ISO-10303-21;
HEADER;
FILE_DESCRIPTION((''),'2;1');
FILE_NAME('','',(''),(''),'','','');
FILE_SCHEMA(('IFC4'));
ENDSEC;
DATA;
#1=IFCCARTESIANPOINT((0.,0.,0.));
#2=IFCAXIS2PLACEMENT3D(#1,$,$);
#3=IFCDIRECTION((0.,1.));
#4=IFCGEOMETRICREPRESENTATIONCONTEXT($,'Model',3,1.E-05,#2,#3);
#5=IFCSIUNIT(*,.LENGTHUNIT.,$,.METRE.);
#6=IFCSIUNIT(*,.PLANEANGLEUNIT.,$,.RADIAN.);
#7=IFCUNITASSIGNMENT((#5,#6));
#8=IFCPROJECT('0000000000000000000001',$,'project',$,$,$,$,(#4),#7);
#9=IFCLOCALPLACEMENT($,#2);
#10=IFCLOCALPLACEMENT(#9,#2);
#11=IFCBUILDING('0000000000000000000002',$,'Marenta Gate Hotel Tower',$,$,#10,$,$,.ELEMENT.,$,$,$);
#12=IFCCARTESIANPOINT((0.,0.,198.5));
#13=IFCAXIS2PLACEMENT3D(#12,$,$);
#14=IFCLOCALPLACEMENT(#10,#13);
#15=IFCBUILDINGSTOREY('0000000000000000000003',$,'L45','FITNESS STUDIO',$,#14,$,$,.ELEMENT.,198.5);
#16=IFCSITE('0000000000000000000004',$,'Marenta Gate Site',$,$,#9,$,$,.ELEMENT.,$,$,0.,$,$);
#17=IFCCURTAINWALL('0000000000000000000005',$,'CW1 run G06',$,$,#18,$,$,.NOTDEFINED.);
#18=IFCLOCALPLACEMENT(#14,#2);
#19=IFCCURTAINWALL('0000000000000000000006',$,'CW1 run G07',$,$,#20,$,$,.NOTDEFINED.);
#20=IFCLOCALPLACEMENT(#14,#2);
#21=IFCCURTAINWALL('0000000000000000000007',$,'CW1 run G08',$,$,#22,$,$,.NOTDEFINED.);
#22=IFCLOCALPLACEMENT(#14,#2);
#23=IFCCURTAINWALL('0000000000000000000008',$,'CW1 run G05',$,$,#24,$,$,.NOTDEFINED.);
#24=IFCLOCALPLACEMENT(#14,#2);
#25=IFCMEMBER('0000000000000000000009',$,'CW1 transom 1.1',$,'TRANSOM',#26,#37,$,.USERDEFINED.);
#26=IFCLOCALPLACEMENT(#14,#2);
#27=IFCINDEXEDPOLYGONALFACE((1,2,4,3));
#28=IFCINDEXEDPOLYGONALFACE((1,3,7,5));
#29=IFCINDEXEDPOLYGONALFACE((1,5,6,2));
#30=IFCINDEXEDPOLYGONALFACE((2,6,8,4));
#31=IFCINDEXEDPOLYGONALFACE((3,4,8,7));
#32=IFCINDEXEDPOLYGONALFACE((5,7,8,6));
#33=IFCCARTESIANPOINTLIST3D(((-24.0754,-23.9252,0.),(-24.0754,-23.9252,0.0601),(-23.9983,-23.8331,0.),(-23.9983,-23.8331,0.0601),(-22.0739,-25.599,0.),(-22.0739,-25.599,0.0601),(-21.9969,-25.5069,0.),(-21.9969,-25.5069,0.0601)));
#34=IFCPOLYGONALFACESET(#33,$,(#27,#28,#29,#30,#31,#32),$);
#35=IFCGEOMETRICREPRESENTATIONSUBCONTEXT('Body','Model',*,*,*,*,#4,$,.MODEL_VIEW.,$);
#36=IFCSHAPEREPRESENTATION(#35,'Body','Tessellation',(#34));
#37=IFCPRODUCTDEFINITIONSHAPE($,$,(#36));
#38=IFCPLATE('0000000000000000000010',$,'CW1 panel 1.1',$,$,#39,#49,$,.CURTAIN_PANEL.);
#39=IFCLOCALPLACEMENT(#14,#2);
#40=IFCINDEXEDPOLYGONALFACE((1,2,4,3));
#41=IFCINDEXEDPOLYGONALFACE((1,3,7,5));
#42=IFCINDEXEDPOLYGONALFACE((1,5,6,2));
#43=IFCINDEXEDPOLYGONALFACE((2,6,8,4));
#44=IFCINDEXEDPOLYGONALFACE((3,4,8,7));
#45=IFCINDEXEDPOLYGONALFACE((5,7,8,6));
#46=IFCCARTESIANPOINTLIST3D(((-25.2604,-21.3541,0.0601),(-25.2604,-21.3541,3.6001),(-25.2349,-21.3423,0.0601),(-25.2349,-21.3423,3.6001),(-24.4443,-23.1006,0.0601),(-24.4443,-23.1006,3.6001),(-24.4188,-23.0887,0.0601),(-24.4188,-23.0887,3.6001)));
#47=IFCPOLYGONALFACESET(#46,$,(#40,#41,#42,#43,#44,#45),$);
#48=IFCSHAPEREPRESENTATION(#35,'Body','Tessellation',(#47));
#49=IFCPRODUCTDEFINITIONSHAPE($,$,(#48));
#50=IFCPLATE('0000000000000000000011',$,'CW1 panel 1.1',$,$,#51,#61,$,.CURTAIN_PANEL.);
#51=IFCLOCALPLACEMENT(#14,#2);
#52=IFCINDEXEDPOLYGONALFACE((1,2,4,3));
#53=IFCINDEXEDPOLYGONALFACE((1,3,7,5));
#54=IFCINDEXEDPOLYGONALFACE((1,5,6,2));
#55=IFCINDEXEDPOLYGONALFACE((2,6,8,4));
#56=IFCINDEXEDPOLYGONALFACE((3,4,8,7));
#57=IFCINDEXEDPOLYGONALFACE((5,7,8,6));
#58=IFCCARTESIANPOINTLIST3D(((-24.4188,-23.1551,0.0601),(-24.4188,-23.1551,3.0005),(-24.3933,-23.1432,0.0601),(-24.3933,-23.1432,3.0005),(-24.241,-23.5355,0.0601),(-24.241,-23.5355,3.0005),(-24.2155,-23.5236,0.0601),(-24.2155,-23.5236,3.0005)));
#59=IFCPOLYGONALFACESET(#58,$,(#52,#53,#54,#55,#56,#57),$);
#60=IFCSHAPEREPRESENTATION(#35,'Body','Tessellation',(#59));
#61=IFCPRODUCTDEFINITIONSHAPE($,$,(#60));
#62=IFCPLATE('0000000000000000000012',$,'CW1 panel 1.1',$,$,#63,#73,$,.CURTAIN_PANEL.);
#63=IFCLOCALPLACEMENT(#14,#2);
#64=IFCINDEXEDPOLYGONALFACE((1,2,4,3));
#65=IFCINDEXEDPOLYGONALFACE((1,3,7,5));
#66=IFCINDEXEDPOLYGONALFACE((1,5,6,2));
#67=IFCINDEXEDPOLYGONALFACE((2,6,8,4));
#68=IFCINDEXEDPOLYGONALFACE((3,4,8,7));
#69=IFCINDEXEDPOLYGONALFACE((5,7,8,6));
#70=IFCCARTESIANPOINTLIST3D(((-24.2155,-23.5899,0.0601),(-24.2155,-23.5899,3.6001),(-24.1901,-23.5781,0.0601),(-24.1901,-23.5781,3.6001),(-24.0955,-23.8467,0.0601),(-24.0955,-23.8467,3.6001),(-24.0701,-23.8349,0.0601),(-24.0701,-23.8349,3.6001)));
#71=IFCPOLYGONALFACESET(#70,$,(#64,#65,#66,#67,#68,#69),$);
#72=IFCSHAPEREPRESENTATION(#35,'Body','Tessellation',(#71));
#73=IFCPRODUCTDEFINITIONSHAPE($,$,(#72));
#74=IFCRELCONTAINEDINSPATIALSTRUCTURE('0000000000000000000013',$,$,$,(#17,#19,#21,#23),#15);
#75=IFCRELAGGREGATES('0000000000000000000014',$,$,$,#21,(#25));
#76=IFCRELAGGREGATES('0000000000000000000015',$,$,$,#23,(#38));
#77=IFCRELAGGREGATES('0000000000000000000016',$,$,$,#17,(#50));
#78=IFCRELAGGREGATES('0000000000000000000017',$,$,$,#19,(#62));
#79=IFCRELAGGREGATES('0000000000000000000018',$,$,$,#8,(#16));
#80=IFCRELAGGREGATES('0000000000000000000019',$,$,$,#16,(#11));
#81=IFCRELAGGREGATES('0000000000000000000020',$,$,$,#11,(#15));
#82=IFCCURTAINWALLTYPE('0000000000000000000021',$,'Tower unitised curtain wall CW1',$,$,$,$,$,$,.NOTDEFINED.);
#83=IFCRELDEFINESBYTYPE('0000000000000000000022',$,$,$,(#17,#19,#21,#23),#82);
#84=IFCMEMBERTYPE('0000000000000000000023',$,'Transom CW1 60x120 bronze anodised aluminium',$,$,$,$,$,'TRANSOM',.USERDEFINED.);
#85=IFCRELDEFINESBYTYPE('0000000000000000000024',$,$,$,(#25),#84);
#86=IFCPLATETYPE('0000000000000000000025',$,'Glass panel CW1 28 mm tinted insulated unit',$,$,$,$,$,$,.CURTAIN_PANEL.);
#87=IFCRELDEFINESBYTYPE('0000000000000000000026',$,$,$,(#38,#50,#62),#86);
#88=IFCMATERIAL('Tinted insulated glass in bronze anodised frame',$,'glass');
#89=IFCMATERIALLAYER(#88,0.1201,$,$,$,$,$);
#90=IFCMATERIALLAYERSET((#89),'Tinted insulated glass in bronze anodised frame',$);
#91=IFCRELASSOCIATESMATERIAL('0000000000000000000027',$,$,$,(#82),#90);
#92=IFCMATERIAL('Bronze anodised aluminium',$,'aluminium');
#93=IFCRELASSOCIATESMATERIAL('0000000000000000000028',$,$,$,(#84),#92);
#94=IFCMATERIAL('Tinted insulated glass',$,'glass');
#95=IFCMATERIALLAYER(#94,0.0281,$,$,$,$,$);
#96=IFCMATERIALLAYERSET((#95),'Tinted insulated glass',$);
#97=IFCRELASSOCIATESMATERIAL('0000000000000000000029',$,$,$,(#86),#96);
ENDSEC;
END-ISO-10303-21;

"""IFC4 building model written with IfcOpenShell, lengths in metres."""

from ifc_helpers import new_model, si_unit, direction, frame, origin, origin_2d, place, context, subcontext, project, spatial, rectangle, extrude, material, layer, layer_set, material_profile, profile_set, type_object, element, aggregate, save


model = new_model("IFC4")

# Units and contexts
model_context = context("Model", 3, precision=1e-05, world=origin(), true_north=direction((0.0, 1.0)))
body_context = subcontext(model_context, "Body", "Model", "MODEL_VIEW")
ifc_project = project(units=[si_unit("LENGTHUNIT", "METRE"), si_unit("PLANEANGLEUNIT", "RADIAN")], contexts=[model_context])

# Site, building, storey
site_placement = place(None, origin())
site = spatial("IfcSite", under=ifc_project, at=site_placement, Name="Marenta Gate Site", CompositionType="ELEMENT", RefElevation=0.0)
building_placement = place(site_placement, origin())
building = spatial("IfcBuilding", under=site, at=building_placement, Name="Marenta Gate Hotel Tower", CompositionType="ELEMENT")
storey_placement = place(building_placement, frame((0.0, 0.0, 198.5)))
storey = spatial("IfcBuildingStorey", under=building, at=storey_placement, Name="L45", Description="FITNESS STUDIO", CompositionType="ELEMENT", Elevation=198.5)

# Curtain walls
ifc_material_1 = material(Name="Tinted insulated glass in bronze anodised frame", Category="glass")
ifc_layer_1 = layer(ifc_material_1, 0.1201)
ifc_layer_set_1 = layer_set([ifc_layer_1], Name="Tinted insulated glass in bronze anodised frame")
curtain_wall_type = type_object("IfcCurtainWallType", Name="Tower unitised curtain wall CW1", PredefinedType="NOTDEFINED", material=ifc_layer_set_1)
curtain_wall_1_placement = place(storey_placement, origin())
curtain_wall_1 = element("IfcCurtainWall", 1, at=curtain_wall_1_placement, inside=storey, type_object=curtain_wall_type, Name="CW1 run G06", PredefinedType="NOTDEFINED")
curtain_wall_2_placement = place(storey_placement, origin())
curtain_wall_2 = element("IfcCurtainWall", 2, at=curtain_wall_2_placement, inside=storey, type_object=curtain_wall_type, Name="CW1 run G07", PredefinedType="NOTDEFINED")
curtain_wall_3_placement = place(storey_placement, origin())
curtain_wall_3 = element("IfcCurtainWall", 3, at=curtain_wall_3_placement, inside=storey, type_object=curtain_wall_type, Name="CW1 run G08", PredefinedType="NOTDEFINED")
curtain_wall_4_placement = place(storey_placement, origin())
curtain_wall_4 = element("IfcCurtainWall", 4, at=curtain_wall_4_placement, inside=storey, type_object=curtain_wall_type, Name="CW1 run G05", PredefinedType="NOTDEFINED")
ifc_material_2 = material(Name="Bronze anodised aluminium", Category="aluminium")
ifc_material_profile_1 = material_profile(ifc_material_2, rectangle(XDim=0.1201, YDim=0.0601, at=origin_2d()), Name="Transom CW1 60x120 bronze anodised aluminium")
ifc_profile_set_1 = profile_set([ifc_material_profile_1], Name="Bronze anodised aluminium")
member_type_1 = type_object("IfcMemberType", Name="Transom CW1 60x120 bronze anodised aluminium", ElementType="TRANSOM", PredefinedType="USERDEFINED", material=ifc_profile_set_1)

# Member
member_1_placement = place(storey_placement, frame((-24.0369, -23.8792, 0.03), z_axis=(0.7671, -0.641527, 0.0), x_axis=(0.641527, 0.7671, 0.0)))
member_1 = element("IfcMember", 5, at=member_1_placement, type_object=member_type_1, Name="CW1 transom 1.1", ObjectType="TRANSOM", PredefinedType="USERDEFINED", context=body_context, shape_type="SweptSolid", body=[
    extrude(rectangle(XDim=0.1201, YDim=0.0601, at=origin_2d()), origin(), (0.0, 0.0, 1.0), 2.6091),
])
aggregate(curtain_wall_3, [member_1])

# Plates
ifc_material_3 = material(Name="Tinted insulated glass", Category="glass")
ifc_layer_2 = layer(ifc_material_3, 0.0281)
ifc_layer_set_2 = layer_set([ifc_layer_2], Name="Tinted insulated glass")
plate_type = type_object("IfcPlateType", Name="Glass panel CW1 28 mm tinted insulated unit", PredefinedType="CURTAIN_PANEL", material=ifc_layer_set_2)
plate_1_placement = place(storey_placement, frame((-24.8396, -22.2214, 0.0601), z_axis=(0.0, 0.0, 1.0), x_axis=(0.423332, -0.905975, 0.0)))
plate_1 = element("IfcPlate", 6, at=plate_1_placement, type_object=plate_type, Name="CW1 panel 1.1", PredefinedType="CURTAIN_PANEL", context=body_context, shape_type="SweptSolid", body=[
    extrude(rectangle(XDim=1.9277, YDim=0.0281, at=origin_2d()), origin(), (0.0, 0.0, 1.0), 3.54),
])
aggregate(curtain_wall_4, [plate_1])
plate_2_placement = place(storey_placement, frame((-24.3171, -23.3394, 0.0601), z_axis=(0.0, 0.0, 1.0), x_axis=(0.423387, -0.905949, 0.0)))
plate_2 = element("IfcPlate", 7, at=plate_2_placement, type_object=plate_type, Name="CW1 panel 1.1", PredefinedType="CURTAIN_PANEL", context=body_context, shape_type="SweptSolid", body=[
    extrude(rectangle(XDim=0.4199, YDim=0.0281, at=origin_2d()), origin(), (0.0, 0.0, 1.0), 2.9404),
])
aggregate(curtain_wall_1, [plate_2])
plate_3_placement = place(storey_placement, frame((-24.1428, -23.7124, 0.0601), z_axis=(0.0, 0.0, 1.0), x_axis=(0.4233, -0.90599, 0.0)))
plate_3 = element("IfcPlate", 8, at=plate_3_placement, type_object=plate_type, Name="CW1 panel 1.1", PredefinedType="CURTAIN_PANEL", context=body_context, shape_type="SweptSolid", body=[
    extrude(rectangle(XDim=0.2834, YDim=0.0281, at=origin_2d()), origin(), (0.0, 0.0, 1.0), 3.54),
])
aggregate(curtain_wall_2, [plate_3])

save(model, "model.ifc")
